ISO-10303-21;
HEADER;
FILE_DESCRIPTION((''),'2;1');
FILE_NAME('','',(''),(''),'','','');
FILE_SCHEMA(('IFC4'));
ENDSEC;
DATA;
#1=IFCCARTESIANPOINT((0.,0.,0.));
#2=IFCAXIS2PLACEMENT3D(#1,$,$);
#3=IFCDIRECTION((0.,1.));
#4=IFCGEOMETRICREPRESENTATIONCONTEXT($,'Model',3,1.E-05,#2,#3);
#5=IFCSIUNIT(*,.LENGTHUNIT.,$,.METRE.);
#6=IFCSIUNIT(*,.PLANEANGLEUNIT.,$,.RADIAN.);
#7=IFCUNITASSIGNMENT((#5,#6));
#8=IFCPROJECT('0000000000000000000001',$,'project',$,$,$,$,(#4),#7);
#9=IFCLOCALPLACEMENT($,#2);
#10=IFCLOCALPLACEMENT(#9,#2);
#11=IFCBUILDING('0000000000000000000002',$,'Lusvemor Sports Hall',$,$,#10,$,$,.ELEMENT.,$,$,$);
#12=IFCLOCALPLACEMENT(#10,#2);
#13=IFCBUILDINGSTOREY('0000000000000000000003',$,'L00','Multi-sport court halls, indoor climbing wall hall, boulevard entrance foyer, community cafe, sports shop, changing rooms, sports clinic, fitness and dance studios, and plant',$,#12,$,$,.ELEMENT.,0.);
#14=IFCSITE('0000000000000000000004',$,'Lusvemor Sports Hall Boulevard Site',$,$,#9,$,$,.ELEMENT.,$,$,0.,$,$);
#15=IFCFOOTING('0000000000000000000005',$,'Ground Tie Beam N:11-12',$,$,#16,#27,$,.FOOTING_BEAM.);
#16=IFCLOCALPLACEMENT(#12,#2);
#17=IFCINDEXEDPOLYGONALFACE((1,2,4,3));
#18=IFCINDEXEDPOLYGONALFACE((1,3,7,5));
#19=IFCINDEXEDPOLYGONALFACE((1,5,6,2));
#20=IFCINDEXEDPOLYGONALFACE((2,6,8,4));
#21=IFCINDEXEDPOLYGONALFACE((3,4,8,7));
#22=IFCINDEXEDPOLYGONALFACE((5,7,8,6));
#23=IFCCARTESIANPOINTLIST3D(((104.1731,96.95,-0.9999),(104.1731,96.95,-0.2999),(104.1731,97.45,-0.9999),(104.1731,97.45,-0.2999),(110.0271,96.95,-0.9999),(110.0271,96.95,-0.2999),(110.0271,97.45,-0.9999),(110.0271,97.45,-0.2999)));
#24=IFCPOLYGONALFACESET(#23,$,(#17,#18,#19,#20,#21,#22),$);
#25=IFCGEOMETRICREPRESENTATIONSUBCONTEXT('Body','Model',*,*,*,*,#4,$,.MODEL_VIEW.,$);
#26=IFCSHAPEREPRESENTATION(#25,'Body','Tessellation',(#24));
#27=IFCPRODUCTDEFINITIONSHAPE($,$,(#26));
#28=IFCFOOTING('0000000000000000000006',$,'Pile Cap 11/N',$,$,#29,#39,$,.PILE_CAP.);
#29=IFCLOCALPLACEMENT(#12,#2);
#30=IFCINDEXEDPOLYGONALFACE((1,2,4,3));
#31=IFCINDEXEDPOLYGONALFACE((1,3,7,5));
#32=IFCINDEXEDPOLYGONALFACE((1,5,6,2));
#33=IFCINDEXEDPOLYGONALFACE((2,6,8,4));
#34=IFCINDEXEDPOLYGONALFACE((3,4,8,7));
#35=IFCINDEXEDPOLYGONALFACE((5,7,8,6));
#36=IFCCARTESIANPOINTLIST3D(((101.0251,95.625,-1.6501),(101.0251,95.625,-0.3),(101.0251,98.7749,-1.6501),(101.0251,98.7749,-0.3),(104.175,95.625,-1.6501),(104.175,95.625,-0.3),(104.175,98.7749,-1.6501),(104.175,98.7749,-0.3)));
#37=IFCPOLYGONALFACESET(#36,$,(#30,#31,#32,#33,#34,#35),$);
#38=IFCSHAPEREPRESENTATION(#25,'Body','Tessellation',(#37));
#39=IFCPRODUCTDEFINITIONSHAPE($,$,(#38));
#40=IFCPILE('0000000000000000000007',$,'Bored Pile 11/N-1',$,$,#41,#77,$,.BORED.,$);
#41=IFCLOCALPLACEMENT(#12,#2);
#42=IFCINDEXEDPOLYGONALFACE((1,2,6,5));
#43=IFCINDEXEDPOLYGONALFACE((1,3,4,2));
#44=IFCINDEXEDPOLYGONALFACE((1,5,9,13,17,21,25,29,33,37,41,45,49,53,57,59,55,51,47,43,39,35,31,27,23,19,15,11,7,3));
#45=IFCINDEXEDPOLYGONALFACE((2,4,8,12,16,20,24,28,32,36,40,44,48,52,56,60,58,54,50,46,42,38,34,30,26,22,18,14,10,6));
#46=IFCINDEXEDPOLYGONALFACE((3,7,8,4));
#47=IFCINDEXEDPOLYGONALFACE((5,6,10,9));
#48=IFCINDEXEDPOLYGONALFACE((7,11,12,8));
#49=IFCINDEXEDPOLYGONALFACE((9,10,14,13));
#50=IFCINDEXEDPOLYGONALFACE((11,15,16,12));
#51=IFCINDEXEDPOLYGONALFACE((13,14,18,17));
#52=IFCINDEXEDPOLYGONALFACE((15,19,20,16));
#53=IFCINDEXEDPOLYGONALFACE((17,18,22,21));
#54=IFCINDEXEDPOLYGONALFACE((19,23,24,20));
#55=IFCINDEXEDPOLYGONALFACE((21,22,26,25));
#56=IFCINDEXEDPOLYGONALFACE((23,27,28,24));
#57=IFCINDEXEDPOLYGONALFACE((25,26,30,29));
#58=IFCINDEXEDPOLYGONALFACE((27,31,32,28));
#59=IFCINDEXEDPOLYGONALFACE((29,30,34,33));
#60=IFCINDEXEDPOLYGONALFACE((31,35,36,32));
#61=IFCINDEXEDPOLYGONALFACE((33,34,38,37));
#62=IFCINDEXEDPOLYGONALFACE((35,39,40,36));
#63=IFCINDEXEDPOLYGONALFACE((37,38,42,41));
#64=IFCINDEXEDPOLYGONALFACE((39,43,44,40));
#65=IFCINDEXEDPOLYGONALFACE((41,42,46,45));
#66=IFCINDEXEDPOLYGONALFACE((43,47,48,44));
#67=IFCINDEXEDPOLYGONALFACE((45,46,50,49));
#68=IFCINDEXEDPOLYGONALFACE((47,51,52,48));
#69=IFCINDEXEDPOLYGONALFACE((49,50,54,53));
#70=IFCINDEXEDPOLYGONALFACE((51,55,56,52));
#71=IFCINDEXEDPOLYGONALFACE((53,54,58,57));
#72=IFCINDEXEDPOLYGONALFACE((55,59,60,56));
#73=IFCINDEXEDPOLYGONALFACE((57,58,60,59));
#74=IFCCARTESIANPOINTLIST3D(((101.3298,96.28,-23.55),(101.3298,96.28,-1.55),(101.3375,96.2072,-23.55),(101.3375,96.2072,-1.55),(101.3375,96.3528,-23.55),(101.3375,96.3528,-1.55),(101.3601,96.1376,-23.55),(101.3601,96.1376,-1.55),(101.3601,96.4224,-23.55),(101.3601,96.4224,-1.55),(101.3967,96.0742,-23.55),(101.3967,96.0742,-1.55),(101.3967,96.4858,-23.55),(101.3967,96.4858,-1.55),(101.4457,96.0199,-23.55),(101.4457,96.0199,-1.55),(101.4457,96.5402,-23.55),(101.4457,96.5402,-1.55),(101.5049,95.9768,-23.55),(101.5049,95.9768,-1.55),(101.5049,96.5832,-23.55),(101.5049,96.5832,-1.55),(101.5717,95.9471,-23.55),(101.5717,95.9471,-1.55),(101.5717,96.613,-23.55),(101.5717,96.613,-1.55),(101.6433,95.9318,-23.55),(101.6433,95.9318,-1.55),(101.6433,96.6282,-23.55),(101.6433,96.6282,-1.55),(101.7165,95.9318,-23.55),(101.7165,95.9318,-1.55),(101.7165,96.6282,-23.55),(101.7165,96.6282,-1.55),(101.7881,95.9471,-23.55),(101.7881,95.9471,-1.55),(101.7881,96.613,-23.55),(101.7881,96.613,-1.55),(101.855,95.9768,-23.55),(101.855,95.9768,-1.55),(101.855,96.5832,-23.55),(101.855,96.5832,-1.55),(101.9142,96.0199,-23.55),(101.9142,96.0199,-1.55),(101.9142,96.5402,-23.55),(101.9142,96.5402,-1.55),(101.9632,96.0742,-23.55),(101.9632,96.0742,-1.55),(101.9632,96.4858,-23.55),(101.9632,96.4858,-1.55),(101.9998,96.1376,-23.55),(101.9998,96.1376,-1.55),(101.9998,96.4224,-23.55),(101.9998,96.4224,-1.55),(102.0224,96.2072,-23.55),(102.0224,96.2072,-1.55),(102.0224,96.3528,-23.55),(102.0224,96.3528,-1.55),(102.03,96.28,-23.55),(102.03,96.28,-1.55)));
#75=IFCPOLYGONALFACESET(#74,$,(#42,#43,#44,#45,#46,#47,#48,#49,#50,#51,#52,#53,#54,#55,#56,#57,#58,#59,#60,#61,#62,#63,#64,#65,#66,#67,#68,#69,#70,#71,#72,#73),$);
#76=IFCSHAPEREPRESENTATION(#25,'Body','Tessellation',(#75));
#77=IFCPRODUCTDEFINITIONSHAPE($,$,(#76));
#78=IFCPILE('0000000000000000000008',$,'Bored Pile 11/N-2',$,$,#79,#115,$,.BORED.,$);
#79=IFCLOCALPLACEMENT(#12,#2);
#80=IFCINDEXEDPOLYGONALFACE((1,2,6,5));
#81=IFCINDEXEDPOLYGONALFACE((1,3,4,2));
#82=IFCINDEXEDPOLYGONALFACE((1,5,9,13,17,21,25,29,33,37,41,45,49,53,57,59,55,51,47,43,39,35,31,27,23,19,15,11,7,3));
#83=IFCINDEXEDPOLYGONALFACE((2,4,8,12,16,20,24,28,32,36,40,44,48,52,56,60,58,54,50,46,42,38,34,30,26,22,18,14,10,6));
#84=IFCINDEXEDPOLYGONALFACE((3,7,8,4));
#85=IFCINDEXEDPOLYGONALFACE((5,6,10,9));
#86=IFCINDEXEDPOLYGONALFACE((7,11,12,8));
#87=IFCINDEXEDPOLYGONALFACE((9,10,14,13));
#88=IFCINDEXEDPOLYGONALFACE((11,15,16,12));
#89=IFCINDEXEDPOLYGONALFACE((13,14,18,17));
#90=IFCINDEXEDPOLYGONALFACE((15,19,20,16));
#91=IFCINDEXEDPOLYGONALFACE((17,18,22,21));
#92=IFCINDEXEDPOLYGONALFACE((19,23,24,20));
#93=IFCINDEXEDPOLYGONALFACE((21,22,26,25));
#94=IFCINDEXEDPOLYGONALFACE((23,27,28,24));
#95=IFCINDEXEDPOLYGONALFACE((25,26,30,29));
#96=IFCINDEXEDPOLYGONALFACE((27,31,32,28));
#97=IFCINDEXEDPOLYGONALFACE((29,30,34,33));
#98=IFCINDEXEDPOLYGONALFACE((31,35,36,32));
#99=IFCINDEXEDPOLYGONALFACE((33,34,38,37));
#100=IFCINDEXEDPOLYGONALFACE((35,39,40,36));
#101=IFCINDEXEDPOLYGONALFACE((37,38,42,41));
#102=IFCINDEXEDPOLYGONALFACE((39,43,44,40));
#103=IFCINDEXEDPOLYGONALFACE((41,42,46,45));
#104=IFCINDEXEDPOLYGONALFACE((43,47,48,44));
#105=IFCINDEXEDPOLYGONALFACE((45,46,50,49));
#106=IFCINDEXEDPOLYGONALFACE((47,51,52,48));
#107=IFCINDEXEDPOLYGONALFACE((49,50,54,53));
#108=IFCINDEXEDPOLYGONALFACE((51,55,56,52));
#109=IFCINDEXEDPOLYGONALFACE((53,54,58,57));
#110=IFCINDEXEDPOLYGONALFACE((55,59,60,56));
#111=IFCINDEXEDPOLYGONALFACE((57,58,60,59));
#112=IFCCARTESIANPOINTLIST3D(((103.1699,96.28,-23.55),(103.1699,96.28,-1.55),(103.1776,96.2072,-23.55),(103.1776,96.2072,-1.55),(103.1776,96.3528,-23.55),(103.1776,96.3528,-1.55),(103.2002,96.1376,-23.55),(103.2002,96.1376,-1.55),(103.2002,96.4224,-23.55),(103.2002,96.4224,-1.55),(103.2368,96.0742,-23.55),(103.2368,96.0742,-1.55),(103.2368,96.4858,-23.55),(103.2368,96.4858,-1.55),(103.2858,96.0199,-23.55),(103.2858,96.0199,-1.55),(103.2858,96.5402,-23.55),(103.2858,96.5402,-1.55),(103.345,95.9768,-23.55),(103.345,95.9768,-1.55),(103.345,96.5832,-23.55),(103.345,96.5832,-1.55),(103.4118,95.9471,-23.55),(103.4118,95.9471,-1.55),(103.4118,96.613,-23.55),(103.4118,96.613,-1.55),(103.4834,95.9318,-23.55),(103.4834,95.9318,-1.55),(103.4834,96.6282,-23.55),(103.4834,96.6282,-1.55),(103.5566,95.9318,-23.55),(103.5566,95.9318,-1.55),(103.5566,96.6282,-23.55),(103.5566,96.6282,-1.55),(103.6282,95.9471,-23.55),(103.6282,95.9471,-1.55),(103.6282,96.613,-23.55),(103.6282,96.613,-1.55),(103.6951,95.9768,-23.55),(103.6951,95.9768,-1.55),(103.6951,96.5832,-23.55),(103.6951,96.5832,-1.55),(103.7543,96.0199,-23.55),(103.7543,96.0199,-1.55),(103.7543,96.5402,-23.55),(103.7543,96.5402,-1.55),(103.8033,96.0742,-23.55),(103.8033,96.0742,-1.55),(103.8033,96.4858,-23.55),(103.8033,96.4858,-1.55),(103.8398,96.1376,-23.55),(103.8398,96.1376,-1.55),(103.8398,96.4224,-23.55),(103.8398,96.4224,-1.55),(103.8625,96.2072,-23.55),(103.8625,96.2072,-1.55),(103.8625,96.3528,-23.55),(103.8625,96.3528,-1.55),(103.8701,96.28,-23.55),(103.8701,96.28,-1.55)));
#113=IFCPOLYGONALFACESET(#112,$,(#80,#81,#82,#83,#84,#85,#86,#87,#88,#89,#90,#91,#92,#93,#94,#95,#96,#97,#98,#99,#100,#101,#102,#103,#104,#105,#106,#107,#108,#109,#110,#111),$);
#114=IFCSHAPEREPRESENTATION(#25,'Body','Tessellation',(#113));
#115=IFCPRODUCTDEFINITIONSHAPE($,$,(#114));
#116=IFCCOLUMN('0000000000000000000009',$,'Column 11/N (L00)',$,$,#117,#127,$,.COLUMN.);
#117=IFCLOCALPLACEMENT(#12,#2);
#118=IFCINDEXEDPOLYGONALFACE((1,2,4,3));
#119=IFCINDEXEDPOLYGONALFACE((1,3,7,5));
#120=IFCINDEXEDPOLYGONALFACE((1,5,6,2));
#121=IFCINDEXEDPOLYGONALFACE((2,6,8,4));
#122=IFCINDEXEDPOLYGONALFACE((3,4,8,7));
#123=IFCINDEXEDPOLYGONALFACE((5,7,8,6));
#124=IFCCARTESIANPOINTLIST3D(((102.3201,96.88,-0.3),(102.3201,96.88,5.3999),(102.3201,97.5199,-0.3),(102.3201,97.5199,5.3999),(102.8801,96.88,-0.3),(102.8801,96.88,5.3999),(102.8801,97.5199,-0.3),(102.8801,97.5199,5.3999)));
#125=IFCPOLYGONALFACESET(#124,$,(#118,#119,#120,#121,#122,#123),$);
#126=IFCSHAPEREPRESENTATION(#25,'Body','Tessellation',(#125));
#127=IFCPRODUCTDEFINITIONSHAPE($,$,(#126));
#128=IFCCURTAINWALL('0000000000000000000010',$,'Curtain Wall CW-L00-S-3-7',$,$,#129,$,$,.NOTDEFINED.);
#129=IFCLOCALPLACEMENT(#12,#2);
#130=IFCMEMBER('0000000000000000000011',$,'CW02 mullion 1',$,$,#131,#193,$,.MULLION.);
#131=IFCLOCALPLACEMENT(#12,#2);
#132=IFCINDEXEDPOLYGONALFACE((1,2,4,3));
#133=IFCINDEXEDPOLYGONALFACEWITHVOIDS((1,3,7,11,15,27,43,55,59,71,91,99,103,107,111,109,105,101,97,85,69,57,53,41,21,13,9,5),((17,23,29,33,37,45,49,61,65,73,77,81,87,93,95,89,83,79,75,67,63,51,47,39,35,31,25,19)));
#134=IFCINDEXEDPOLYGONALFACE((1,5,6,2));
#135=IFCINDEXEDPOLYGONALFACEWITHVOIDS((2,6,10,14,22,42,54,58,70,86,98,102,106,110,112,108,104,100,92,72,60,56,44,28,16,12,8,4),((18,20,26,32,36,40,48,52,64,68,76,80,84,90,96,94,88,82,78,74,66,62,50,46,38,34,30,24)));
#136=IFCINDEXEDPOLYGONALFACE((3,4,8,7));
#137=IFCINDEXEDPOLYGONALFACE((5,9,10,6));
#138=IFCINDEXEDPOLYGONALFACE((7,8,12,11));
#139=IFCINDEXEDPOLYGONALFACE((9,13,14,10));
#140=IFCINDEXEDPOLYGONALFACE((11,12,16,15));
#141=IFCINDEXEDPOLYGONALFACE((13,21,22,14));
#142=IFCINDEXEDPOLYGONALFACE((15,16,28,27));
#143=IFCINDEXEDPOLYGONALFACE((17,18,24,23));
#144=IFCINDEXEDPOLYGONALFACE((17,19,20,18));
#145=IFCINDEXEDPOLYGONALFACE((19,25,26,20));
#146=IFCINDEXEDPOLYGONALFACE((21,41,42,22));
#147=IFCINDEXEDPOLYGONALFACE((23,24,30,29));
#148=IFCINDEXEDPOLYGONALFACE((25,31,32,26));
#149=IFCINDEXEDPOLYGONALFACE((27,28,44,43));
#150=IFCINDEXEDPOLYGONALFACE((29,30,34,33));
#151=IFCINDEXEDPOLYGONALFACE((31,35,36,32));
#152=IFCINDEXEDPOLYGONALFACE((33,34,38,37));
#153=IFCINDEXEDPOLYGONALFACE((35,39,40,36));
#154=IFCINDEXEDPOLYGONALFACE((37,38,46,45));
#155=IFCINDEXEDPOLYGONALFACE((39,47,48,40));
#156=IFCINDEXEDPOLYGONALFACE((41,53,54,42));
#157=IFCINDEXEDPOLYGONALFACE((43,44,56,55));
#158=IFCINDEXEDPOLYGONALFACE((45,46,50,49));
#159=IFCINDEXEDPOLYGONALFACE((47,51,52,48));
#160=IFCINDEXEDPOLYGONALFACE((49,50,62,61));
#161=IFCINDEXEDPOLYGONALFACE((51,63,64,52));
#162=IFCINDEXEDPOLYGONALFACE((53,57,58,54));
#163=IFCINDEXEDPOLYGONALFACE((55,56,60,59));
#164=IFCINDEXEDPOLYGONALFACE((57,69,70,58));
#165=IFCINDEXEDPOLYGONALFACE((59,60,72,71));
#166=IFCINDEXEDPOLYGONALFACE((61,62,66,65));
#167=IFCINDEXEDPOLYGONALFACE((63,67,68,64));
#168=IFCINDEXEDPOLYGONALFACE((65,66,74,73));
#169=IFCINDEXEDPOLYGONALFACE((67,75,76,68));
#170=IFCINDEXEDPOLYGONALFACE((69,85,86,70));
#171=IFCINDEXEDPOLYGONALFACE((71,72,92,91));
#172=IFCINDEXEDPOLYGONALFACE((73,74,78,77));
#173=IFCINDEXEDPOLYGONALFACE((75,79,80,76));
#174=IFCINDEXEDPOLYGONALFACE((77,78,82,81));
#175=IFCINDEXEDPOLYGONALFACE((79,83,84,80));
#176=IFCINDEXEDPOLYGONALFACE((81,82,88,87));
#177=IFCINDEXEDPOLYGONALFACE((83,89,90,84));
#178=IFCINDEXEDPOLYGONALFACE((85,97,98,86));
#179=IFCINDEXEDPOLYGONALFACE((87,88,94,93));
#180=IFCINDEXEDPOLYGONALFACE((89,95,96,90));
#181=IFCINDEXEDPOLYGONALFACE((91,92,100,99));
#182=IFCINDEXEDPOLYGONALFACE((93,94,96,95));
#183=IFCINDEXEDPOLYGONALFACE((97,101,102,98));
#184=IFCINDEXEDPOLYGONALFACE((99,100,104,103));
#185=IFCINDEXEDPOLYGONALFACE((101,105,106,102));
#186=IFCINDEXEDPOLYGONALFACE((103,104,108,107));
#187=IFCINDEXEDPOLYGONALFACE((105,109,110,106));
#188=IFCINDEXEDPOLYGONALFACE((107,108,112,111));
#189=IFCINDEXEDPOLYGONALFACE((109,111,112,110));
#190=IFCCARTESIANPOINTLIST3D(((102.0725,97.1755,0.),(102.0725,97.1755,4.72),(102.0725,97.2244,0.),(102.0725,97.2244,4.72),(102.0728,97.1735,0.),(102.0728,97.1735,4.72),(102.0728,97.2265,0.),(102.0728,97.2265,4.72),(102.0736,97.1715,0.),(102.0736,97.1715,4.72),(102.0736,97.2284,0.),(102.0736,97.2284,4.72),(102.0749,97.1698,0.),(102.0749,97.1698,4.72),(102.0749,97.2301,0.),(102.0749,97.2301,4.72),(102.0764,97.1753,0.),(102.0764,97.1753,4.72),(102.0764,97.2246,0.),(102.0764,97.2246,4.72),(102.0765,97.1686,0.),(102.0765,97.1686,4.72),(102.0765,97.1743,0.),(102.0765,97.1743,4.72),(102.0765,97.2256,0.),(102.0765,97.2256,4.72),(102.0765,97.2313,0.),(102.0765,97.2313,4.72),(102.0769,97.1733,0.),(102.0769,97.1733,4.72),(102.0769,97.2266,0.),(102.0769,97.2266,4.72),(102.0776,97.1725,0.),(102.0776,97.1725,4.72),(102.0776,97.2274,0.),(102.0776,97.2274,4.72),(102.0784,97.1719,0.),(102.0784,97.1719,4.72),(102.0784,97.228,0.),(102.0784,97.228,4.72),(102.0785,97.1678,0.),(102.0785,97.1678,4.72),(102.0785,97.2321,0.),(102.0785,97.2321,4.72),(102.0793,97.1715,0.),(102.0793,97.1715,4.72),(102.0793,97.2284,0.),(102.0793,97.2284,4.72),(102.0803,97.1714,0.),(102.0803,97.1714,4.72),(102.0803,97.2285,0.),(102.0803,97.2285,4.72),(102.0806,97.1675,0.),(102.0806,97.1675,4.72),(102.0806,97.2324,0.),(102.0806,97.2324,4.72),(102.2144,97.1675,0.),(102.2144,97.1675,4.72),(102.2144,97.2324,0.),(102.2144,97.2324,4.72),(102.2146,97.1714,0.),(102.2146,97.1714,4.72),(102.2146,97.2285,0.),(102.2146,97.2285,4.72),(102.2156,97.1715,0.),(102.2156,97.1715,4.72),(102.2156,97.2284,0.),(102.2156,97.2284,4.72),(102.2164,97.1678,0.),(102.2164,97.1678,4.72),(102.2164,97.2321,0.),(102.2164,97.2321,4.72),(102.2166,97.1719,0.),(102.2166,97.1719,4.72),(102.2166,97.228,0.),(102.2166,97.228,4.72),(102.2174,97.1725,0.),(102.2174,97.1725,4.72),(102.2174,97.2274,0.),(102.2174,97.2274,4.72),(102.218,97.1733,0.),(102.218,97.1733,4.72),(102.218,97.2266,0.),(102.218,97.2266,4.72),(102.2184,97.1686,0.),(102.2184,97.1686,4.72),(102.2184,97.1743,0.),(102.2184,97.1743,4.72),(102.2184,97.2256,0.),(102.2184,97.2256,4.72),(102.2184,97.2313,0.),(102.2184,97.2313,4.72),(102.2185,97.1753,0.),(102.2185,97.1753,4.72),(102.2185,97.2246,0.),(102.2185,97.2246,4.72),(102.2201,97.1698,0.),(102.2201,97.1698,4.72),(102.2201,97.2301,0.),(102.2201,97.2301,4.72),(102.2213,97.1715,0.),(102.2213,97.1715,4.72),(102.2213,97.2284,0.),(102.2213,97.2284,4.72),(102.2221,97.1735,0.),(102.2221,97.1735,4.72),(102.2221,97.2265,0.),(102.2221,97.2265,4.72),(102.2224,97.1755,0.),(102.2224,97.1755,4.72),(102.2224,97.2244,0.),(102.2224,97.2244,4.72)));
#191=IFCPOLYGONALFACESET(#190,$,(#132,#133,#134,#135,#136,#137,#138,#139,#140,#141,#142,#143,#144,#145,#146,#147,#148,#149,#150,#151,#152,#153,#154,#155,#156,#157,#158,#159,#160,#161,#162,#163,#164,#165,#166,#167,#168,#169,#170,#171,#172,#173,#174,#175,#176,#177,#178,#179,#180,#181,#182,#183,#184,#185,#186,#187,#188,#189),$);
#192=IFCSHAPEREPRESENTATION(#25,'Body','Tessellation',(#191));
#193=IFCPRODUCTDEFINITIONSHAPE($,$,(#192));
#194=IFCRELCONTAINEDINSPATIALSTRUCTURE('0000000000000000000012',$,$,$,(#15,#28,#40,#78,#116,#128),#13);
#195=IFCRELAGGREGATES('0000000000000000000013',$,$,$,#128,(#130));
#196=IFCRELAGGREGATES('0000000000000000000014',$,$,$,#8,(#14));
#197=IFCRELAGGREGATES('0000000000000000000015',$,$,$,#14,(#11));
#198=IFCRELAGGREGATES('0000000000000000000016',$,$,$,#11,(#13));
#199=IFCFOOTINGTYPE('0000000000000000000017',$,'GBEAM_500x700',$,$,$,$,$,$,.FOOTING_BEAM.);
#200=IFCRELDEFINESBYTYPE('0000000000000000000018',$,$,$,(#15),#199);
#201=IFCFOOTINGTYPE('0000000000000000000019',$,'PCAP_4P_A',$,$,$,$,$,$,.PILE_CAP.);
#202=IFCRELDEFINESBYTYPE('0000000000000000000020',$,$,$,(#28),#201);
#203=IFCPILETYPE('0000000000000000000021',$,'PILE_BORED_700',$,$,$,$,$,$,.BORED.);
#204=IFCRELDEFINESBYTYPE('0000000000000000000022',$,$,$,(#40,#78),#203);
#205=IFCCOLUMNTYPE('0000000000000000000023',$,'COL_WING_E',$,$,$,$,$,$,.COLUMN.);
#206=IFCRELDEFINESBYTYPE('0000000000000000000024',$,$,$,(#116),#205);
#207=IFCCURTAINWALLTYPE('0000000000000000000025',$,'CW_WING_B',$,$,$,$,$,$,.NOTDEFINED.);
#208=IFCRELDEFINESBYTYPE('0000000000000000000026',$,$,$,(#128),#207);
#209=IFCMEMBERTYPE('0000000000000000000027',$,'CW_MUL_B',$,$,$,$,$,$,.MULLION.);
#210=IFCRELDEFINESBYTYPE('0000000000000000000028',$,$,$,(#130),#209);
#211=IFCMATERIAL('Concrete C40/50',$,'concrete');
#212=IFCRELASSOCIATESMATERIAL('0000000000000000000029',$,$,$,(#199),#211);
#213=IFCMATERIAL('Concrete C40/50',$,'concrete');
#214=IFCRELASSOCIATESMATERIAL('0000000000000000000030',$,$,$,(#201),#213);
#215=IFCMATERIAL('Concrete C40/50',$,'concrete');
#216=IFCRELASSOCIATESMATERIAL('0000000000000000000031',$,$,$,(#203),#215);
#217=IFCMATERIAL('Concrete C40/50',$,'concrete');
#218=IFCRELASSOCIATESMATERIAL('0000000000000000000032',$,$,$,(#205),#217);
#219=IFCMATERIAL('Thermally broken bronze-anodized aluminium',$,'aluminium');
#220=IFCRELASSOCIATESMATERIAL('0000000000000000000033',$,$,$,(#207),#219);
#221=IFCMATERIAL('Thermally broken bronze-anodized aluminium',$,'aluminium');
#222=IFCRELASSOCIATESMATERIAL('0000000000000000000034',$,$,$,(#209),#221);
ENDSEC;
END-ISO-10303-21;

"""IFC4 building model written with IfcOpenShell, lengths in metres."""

from ifc_helpers import new_model, si_unit, direction, frame, origin, origin_2d, place, context, subcontext, project, spatial, rectangle, hollow_rectangle, circle, extrude, material, material_profile, profile_set, type_object, element, aggregate, save


model = new_model("IFC4")

# Units and contexts
model_context = context("Model", 3, precision=1e-05, world=origin(), true_north=direction((0.0, 1.0)))
body_context = subcontext(model_context, "Body", "Model", "MODEL_VIEW")
ifc_project = project(units=[si_unit("LENGTHUNIT", "METRE"), si_unit("PLANEANGLEUNIT", "RADIAN")], contexts=[model_context])

# Site, building, storey
site_placement = place(None, origin())
site = spatial("IfcSite", under=ifc_project, at=site_placement, Name="Lusvemor Sports Hall Boulevard Site", CompositionType="ELEMENT", RefElevation=0.0)
building_placement = place(site_placement, origin())
building = spatial("IfcBuilding", under=site, at=building_placement, Name="Lusvemor Sports Hall", CompositionType="ELEMENT")
storey_placement = place(building_placement, origin())
storey = spatial("IfcBuildingStorey", under=building, at=storey_placement, Name="L00", Description="Multi-sport court halls, indoor climbing wall hall, boulevard entrance foyer, community cafe, sports shop, changing rooms, sports clinic, fitness and dance studios, and plant", CompositionType="ELEMENT", Elevation=0.0)

# Footings
ifc_material_1 = material(Name="Concrete C40/50", Category="concrete")
ifc_material_profile_1 = material_profile(ifc_material_1, rectangle(XDim=0.5, YDim=0.7, at=origin_2d()), Name="GB_500x700")
ifc_profile_set_1 = profile_set([ifc_material_profile_1], Name="Concrete C40/50")
footing_type_1 = type_object("IfcFootingType", Name="GBEAM_500x700", PredefinedType="FOOTING_BEAM", material=ifc_profile_set_1)
footing_1_placement = place(storey_placement, frame((104.1731, 97.2, -0.6499), z_axis=(1.0, 0.0, 0.0), x_axis=(0.0, 1.0, 0.0)))
element("IfcFooting", 1, at=footing_1_placement, inside=storey, type_object=footing_type_1, Name="Ground Tie Beam N:11-12", PredefinedType="FOOTING_BEAM", context=body_context, shape_type="SweptSolid", body=[
    extrude(rectangle(XDim=0.5, YDim=0.7, at=origin_2d()), origin(), (0.0, 0.0, 1.0), 5.854),
])
ifc_material_2 = material(Name="Concrete C40/50", Category="concrete")
footing_type_2 = type_object("IfcFootingType", Name="PCAP_4P_A", PredefinedType="PILE_CAP", material=ifc_material_2)
footing_2_placement = place(storey_placement, frame((102.6001, 97.2, -1.6501), z_axis=(0.0, 0.0, 1.0), x_axis=(1.0, 0.0, 0.0)))
element("IfcFooting", 2, at=footing_2_placement, inside=storey, type_object=footing_type_2, Name="Pile Cap 11/N", PredefinedType="PILE_CAP", context=body_context, shape_type="SweptSolid", body=[
    extrude(rectangle(XDim=3.1499, YDim=3.1499, at=origin_2d()), origin(), (0.0, 0.0, 1.0), 1.3501),
])

# Piles
ifc_material_3 = material(Name="Concrete C40/50", Category="concrete")
ifc_material_profile_2 = material_profile(ifc_material_3, circle(Radius=0.3501, at=origin_2d()), Name="PILE700")
ifc_profile_set_2 = profile_set([ifc_material_profile_2], Name="Concrete C40/50")
pile_type = type_object("IfcPileType", Name="PILE_BORED_700", PredefinedType="BORED", material=ifc_profile_set_2)
for number, where, z_axis, x_axis, name in (
    (3, (101.6799, 96.28, -1.55), (0.0, 0.0, -1.0), (1.0, 0.0, 0.0), "Bored Pile 11/N-1"),
    (4, (103.52, 96.28, -1.55), (0.0, 0.0, -1.0), (1.0, 0.0, 0.0), "Bored Pile 11/N-2"),
):
    element("IfcPile", number, at=place(storey_placement, frame(where, z_axis=z_axis, x_axis=x_axis)), inside=storey, type_object=pile_type, Name=name, PredefinedType="BORED", context=body_context, shape_type="SweptSolid", body=[
        extrude(circle(Radius=0.3501, at=origin_2d()), origin(), (0.0, 0.0, 1.0), 22.0),
    ])

# Column
ifc_material_4 = material(Name="Concrete C40/50", Category="concrete")
ifc_material_profile_3 = material_profile(ifc_material_4, rectangle(XDim=0.5601, YDim=0.6399, at=origin_2d()), Name="RC560x640")
ifc_profile_set_3 = profile_set([ifc_material_profile_3], Name="Concrete C40/50")
column_type = type_object("IfcColumnType", Name="COL_WING_E", PredefinedType="COLUMN", material=ifc_profile_set_3)
column_placement = place(storey_placement, frame((102.6001, 97.2, -0.3), z_axis=(0.0, 0.0, 1.0), x_axis=(1.0, 0.0, 0.0)))
element("IfcColumn", 5, at=column_placement, inside=storey, type_object=column_type, Name="Column 11/N (L00)", PredefinedType="COLUMN", context=body_context, shape_type="SweptSolid", body=[
    extrude(rectangle(XDim=0.5601, YDim=0.6399, at=origin_2d()), origin(), (0.0, 0.0, 1.0), 5.7),
])

# Curtain wall, member
ifc_material_5 = material(Name="Thermally broken bronze-anodized aluminium", Category="aluminium")
curtain_wall_type = type_object("IfcCurtainWallType", Name="CW_WING_B", PredefinedType="NOTDEFINED", material=ifc_material_5)
curtain_wall_1_placement = place(storey_placement, origin())
curtain_wall_1 = element("IfcCurtainWall", 6, at=curtain_wall_1_placement, inside=storey, type_object=curtain_wall_type, Name="Curtain Wall CW-L00-S-3-7", PredefinedType="NOTDEFINED")
ifc_material_6 = material(Name="Thermally broken bronze-anodized aluminium", Category="aluminium")
ifc_material_profile_4 = material_profile(ifc_material_6, hollow_rectangle(XDim=0.0649, YDim=0.1499, WallThickness=0.0039, InnerFilletRadius=0.0039, OuterFilletRadius=0.0081, at=origin_2d()), Name="CWMUL150x65x4")
ifc_profile_set_4 = profile_set([ifc_material_profile_4], Name="Thermally broken bronze-anodized aluminium")
member_type_1 = type_object("IfcMemberType", Name="CW_MUL_B", PredefinedType="MULLION", material=ifc_profile_set_4)
member_1_placement = place(storey_placement, frame((102.1475, 97.2, 0.0), z_axis=(0.0, 0.0, 1.0), x_axis=(0.0, -1.0, 0.0)))
member_1 = element("IfcMember", 7, at=member_1_placement, type_object=member_type_1, Name="CW02 mullion 1", PredefinedType="MULLION", context=body_context, shape_type="SweptSolid", body=[
    extrude(hollow_rectangle(XDim=0.0649, YDim=0.1499, WallThickness=0.0039, InnerFilletRadius=0.0039, OuterFilletRadius=0.0081, at=origin_2d()), origin(), (0.0, 0.0, 1.0), 4.72),
])

aggregate(curtain_wall_1, [member_1])

save(model, "model.ifc")
